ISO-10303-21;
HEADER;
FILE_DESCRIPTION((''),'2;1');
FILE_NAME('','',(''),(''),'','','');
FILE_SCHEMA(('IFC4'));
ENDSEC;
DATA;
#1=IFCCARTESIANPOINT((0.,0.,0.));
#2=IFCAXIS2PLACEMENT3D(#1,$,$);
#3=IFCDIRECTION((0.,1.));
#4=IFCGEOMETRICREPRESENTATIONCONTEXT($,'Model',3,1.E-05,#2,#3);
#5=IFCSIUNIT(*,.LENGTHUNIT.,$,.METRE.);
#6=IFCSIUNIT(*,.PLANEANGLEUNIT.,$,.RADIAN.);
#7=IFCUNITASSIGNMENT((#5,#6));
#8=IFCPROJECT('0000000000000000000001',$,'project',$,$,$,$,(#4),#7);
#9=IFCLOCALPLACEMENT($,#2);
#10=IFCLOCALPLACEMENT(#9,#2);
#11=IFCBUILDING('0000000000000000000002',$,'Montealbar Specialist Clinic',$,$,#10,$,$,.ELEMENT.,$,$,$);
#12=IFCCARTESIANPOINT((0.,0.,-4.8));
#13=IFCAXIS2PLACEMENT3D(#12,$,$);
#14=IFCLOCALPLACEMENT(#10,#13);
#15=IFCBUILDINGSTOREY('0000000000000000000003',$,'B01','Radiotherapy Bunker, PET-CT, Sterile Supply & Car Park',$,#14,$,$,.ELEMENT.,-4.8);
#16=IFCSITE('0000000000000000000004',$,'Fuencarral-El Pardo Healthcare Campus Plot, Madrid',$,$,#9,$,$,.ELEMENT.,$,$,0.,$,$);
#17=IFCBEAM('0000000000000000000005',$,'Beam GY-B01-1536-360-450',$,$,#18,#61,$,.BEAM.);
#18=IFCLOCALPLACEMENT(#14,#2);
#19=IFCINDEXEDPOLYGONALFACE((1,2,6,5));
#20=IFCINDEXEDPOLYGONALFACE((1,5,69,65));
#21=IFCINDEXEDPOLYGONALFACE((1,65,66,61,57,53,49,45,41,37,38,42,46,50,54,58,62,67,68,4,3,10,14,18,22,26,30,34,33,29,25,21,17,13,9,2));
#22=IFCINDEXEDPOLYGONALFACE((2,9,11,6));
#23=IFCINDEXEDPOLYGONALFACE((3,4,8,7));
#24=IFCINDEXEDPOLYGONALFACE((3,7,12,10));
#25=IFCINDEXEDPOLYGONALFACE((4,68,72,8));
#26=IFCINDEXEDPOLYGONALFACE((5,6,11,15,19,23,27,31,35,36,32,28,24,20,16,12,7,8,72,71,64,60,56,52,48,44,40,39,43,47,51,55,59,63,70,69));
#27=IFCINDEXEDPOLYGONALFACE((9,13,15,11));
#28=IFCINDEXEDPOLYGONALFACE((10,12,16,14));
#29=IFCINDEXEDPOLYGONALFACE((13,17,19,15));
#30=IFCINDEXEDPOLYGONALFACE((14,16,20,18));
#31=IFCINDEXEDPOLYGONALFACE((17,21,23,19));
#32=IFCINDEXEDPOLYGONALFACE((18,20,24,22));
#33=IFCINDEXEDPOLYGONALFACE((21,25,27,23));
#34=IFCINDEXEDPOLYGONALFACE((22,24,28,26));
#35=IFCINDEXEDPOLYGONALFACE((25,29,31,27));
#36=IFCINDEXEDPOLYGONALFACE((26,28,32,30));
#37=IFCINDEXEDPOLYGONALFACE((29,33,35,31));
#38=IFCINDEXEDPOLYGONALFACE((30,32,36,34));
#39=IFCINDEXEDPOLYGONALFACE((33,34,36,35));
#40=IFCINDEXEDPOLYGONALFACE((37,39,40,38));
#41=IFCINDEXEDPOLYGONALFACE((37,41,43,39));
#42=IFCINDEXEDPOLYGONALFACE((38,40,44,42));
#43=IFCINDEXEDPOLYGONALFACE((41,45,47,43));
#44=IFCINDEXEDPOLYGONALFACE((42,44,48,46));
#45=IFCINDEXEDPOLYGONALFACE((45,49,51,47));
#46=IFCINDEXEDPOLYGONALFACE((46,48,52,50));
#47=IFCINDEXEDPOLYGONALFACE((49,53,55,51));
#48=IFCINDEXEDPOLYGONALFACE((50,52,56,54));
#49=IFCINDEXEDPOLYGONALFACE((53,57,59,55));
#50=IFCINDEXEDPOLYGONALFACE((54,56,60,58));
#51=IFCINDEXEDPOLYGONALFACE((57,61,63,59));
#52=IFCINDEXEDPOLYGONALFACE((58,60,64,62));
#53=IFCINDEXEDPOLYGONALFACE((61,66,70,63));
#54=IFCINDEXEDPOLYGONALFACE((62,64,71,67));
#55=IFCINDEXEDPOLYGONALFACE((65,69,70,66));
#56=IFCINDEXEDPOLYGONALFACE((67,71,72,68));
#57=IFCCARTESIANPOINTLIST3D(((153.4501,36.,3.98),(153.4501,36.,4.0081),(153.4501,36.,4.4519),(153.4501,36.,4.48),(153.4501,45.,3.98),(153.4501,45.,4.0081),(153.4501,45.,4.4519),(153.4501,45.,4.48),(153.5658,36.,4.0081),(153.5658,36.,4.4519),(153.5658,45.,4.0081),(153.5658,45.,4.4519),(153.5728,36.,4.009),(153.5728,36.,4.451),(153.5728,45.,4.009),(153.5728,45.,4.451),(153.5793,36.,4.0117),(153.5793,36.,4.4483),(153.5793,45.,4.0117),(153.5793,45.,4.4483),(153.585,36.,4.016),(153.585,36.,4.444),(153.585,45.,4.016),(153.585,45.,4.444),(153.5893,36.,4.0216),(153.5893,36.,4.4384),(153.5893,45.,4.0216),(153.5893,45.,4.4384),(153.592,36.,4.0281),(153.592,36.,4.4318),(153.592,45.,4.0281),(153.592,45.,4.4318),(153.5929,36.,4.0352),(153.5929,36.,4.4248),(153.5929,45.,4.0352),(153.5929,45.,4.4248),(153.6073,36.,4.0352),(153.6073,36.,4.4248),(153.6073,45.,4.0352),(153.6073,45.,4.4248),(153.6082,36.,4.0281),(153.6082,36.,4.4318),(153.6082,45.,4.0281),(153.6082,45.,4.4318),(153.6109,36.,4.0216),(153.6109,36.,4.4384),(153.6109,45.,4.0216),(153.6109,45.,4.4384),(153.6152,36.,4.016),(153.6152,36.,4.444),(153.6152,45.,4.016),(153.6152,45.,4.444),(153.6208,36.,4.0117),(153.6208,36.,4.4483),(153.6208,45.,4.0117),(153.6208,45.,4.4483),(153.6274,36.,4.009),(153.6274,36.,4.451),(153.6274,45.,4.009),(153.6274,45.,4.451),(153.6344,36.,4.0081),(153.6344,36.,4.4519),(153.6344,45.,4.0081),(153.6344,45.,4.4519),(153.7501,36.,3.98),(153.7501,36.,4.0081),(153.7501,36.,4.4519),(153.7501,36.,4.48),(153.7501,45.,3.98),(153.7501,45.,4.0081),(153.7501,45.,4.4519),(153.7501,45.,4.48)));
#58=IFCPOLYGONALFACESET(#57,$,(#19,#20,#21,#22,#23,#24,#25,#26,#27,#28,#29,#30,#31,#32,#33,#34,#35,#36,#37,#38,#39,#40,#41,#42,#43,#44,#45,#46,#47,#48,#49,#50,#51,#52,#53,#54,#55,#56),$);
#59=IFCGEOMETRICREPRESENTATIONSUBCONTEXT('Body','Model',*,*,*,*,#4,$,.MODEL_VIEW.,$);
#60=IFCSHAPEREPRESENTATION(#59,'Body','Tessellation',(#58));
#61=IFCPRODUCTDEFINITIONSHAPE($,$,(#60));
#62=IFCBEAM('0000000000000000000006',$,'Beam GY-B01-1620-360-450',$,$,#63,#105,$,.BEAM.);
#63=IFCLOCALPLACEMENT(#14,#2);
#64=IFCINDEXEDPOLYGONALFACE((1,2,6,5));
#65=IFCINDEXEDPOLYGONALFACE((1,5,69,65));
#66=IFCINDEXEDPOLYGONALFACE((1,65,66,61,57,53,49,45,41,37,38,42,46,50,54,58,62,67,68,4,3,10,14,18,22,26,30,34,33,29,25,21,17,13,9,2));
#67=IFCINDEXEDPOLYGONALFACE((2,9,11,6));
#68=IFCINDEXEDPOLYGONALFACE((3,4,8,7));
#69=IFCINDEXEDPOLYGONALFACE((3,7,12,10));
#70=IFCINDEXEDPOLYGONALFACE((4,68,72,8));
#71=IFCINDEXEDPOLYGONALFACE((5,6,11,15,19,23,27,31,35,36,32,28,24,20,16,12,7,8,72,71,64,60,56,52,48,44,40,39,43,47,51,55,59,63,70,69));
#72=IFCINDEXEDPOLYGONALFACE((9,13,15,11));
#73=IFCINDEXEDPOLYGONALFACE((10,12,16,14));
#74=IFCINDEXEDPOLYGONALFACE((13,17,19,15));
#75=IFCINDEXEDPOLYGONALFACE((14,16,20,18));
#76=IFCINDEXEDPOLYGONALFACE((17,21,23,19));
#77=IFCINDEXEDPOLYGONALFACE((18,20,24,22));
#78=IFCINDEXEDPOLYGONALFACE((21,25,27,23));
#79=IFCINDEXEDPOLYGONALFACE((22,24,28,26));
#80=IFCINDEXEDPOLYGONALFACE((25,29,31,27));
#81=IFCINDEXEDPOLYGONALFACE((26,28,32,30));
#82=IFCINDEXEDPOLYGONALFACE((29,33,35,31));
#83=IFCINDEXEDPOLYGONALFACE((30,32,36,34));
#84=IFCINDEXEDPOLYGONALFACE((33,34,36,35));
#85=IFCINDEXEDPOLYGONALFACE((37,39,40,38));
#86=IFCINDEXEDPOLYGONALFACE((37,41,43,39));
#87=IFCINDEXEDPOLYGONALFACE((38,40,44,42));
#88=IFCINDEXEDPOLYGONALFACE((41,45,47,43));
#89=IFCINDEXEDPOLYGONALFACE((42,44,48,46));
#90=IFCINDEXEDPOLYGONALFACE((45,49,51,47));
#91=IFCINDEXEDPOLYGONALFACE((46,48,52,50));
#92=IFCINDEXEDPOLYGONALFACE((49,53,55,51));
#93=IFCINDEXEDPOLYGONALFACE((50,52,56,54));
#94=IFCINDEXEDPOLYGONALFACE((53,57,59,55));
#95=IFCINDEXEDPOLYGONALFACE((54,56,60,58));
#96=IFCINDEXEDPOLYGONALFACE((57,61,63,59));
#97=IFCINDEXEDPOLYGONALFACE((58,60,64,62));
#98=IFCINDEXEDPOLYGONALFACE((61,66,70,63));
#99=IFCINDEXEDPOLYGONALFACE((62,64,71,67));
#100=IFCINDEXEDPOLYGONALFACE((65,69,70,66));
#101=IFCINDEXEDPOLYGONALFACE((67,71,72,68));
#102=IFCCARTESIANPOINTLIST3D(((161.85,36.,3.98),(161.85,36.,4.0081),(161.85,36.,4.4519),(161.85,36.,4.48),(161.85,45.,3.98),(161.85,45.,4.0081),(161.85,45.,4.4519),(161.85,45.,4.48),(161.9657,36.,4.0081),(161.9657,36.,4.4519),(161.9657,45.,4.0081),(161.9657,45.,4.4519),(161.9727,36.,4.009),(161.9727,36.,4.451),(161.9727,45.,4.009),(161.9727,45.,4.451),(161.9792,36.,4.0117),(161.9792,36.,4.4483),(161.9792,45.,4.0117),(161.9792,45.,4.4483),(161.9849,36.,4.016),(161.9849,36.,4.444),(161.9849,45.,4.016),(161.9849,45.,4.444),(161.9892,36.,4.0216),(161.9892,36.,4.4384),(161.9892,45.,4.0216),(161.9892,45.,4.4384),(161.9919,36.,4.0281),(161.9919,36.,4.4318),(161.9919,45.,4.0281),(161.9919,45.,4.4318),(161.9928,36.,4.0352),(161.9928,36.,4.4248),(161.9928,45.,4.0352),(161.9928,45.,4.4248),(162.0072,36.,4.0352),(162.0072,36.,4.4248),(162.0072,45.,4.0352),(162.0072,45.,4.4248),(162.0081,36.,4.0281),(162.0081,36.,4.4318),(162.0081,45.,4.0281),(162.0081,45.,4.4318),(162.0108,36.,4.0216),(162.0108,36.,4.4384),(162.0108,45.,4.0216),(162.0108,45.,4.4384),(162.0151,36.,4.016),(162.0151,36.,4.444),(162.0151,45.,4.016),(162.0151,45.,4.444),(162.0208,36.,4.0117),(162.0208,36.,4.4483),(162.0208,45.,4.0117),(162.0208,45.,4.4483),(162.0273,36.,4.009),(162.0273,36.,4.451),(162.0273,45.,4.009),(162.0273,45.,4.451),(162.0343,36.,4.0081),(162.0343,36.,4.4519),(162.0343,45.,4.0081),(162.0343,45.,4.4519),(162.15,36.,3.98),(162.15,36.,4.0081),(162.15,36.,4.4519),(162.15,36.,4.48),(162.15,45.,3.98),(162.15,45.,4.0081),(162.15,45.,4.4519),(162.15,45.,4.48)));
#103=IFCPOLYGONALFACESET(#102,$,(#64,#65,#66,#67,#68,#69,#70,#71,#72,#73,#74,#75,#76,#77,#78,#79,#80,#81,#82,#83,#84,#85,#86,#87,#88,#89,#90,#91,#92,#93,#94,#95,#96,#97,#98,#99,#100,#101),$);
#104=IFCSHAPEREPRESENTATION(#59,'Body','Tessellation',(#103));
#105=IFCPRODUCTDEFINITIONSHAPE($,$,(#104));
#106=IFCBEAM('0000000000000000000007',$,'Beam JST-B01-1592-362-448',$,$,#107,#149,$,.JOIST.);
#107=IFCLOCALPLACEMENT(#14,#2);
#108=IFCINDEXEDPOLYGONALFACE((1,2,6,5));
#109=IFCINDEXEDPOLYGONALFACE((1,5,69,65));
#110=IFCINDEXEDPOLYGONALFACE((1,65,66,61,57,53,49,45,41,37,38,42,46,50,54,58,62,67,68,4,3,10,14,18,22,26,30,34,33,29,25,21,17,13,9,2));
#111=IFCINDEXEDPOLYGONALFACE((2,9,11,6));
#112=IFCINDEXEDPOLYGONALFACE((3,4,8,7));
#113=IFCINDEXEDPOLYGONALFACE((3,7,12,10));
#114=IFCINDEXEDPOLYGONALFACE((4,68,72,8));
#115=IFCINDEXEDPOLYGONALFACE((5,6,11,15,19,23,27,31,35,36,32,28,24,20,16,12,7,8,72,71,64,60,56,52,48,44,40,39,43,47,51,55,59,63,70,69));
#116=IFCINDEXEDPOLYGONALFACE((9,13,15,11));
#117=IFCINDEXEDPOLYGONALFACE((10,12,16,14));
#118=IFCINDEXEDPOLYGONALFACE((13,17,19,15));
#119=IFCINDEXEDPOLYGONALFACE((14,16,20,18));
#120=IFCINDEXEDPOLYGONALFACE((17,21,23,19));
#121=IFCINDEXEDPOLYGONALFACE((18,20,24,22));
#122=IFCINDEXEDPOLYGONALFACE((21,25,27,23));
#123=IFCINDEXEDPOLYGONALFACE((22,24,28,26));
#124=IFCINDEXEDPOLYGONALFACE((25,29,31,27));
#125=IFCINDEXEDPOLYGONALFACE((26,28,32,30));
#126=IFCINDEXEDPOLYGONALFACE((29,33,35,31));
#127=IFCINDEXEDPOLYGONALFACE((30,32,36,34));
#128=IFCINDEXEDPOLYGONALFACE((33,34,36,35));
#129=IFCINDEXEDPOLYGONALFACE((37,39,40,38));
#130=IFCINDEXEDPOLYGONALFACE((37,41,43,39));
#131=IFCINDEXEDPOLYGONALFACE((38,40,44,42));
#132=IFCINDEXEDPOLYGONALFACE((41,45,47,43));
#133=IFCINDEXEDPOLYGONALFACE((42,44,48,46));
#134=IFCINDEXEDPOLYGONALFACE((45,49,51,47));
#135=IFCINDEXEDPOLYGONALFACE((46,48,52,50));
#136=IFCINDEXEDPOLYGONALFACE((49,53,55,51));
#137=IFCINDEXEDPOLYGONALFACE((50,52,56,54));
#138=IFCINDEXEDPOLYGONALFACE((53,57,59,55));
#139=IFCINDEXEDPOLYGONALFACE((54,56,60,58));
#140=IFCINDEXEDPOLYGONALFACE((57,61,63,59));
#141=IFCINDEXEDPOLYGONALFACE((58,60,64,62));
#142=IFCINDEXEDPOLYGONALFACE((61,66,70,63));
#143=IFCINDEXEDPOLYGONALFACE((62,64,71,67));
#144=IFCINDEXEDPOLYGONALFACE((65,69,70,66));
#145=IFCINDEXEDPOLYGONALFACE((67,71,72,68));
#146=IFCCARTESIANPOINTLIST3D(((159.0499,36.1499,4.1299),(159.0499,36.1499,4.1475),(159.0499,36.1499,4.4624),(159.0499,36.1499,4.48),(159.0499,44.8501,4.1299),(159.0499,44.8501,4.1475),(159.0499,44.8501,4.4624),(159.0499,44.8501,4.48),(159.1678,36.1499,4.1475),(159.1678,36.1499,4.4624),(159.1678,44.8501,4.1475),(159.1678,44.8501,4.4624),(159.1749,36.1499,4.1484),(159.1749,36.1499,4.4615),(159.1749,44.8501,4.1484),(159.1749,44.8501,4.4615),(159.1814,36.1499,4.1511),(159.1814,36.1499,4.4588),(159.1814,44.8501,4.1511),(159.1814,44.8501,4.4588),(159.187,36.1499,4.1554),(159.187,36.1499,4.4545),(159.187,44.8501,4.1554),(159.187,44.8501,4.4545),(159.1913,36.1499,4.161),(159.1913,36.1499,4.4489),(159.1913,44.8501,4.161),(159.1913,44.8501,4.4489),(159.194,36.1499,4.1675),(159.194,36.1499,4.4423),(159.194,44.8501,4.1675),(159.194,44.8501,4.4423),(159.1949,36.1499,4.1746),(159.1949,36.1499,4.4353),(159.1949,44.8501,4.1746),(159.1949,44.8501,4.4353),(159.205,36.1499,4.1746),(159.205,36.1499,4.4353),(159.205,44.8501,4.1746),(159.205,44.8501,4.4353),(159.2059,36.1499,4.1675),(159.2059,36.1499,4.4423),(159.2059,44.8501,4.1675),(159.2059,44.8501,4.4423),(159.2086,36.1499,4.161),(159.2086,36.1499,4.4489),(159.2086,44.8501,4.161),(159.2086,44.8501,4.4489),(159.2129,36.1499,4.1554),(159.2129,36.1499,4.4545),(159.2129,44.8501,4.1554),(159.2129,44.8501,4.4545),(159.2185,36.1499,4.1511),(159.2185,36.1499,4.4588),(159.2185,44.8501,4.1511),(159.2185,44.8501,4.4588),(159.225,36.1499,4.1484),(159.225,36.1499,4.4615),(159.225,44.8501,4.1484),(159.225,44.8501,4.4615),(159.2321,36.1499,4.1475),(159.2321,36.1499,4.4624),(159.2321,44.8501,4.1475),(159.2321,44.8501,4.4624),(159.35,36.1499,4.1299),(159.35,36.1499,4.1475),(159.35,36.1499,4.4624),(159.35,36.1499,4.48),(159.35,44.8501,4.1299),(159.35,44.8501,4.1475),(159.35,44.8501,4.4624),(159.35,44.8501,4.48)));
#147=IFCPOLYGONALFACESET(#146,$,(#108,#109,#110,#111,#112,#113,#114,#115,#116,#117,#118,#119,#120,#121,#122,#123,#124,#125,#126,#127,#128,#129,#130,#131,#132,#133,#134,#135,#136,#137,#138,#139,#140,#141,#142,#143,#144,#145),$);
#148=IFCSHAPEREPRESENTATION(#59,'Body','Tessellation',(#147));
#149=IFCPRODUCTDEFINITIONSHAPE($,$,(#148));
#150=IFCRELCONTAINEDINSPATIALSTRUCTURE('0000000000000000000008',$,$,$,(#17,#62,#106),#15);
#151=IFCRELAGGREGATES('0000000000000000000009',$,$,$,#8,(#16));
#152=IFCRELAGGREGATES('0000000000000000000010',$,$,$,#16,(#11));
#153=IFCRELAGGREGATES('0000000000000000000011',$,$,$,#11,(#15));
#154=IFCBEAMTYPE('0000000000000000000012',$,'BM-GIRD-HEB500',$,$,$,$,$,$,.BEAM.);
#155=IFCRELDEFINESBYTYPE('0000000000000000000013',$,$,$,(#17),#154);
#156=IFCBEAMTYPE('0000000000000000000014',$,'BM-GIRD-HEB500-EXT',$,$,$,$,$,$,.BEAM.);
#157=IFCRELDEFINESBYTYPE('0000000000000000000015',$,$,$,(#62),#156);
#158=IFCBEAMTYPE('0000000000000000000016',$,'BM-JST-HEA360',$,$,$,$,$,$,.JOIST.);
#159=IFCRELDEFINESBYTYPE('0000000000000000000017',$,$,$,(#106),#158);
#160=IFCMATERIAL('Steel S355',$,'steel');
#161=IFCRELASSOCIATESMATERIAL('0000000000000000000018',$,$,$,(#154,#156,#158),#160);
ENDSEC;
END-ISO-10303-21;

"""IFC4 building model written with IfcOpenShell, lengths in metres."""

from ifc_helpers import new_model, si_unit, direction, frame, origin, origin_2d, place, context, subcontext, project, spatial, i_section, extrude, material, material_profile, profile_set, type_object, element, save


model = new_model("IFC4")

# Units and contexts
model_context = context("Model", 3, precision=1e-05, world=origin(), true_north=direction((0.0, 1.0)))
body_context = subcontext(model_context, "Body", "Model", "MODEL_VIEW")
ifc_project = project(units=[si_unit("LENGTHUNIT", "METRE"), si_unit("PLANEANGLEUNIT", "RADIAN")], contexts=[model_context])

# Site, building, storey
site_placement = place(None, origin())
site = spatial("IfcSite", under=ifc_project, at=site_placement, Name="Fuencarral-El Pardo Healthcare Campus Plot, Madrid", CompositionType="ELEMENT", RefElevation=0.0)
building_placement = place(site_placement, origin())
building = spatial("IfcBuilding", under=site, at=building_placement, Name="Montealbar Specialist Clinic", CompositionType="ELEMENT")
storey_placement = place(building_placement, frame((0.0, 0.0, -4.8)))
storey = spatial("IfcBuildingStorey", under=building, at=storey_placement, Name="B01", Description="Radiotherapy Bunker, PET-CT, Sterile Supply & Car Park", CompositionType="ELEMENT", Elevation=-4.8)

# Shared definitions
ifc_material_1 = material(Name="Steel S355", Category="steel")

# Beams
ifc_material_profile_1 = material_profile(ifc_material_1, i_section(OverallWidth=0.3, OverallDepth=0.5, WebThickness=0.0144, FlangeThickness=0.0281, FilletRadius=0.0271, at=origin_2d()), Name="HEB 500", Category="steel")
ifc_profile_set_1 = profile_set([ifc_material_profile_1], Name="Steel S355")
beam_type_1 = type_object("IfcBeamType", Name="BM-GIRD-HEB500", PredefinedType="BEAM", material=ifc_profile_set_1)
beam_1_placement = place(storey_placement, frame((153.6001, 36.0, 4.23), z_axis=(0.0, 1.0, 0.0), x_axis=(-1.0, 0.0, 0.0)))
element("IfcBeam", 1, at=beam_1_placement, inside=storey, type_object=beam_type_1, Name="Beam GY-B01-1536-360-450", PredefinedType="BEAM", context=body_context, shape_type="SweptSolid", body=[
    extrude(i_section(OverallWidth=0.3, OverallDepth=0.5, WebThickness=0.0144, FlangeThickness=0.0281, FilletRadius=0.0271, at=origin_2d()), origin(), (0.0, 0.0, 1.0), 9.0),
])
ifc_material_profile_2 = material_profile(ifc_material_1, i_section(OverallWidth=0.3, OverallDepth=0.5, WebThickness=0.0144, FlangeThickness=0.0281, FilletRadius=0.0271, at=origin_2d()), Name="HEB 500", Category="steel")
ifc_profile_set_2 = profile_set([ifc_material_profile_2], Name="Steel S355")
beam_type_2 = type_object("IfcBeamType", Name="BM-GIRD-HEB500-EXT", PredefinedType="BEAM", material=ifc_profile_set_2)
beam_2_placement = place(storey_placement, frame((162.0, 36.0, 4.23), z_axis=(0.0, 1.0, 0.0), x_axis=(-1.0, 0.0, 0.0)))
element("IfcBeam", 2, at=beam_2_placement, inside=storey, type_object=beam_type_2, Name="Beam GY-B01-1620-360-450", PredefinedType="BEAM", context=body_context, shape_type="SweptSolid", body=[
    extrude(i_section(OverallWidth=0.3, OverallDepth=0.5, WebThickness=0.0144, FlangeThickness=0.0281, FilletRadius=0.0271, at=origin_2d()), origin(), (0.0, 0.0, 1.0), 9.0),
])
ifc_material_profile_3 = material_profile(ifc_material_1, i_section(OverallWidth=0.3, OverallDepth=0.3501, WebThickness=0.01, FlangeThickness=0.0176, FilletRadius=0.0271, at=origin_2d()), Name="HEA 360", Category="steel")
ifc_profile_set_3 = profile_set([ifc_material_profile_3], Name="Steel S355")
beam_type_3 = type_object("IfcBeamType", Name="BM-JST-HEA360", PredefinedType="JOIST", material=ifc_profile_set_3)
beam_3_placement = place(storey_placement, frame((159.2, 36.1499, 4.3049), z_axis=(0.0, 1.0, 0.0), x_axis=(-1.0, 0.0, 0.0)))
element("IfcBeam", 3, at=beam_3_placement, inside=storey, type_object=beam_type_3, Name="Beam JST-B01-1592-362-448", PredefinedType="JOIST", context=body_context, shape_type="SweptSolid", body=[
    extrude(i_section(OverallWidth=0.3, OverallDepth=0.3501, WebThickness=0.01, FlangeThickness=0.0176, FilletRadius=0.0271, at=origin_2d()), origin(), (0.0, 0.0, 1.0), 8.7002),
])

save(model, "model.ifc")
